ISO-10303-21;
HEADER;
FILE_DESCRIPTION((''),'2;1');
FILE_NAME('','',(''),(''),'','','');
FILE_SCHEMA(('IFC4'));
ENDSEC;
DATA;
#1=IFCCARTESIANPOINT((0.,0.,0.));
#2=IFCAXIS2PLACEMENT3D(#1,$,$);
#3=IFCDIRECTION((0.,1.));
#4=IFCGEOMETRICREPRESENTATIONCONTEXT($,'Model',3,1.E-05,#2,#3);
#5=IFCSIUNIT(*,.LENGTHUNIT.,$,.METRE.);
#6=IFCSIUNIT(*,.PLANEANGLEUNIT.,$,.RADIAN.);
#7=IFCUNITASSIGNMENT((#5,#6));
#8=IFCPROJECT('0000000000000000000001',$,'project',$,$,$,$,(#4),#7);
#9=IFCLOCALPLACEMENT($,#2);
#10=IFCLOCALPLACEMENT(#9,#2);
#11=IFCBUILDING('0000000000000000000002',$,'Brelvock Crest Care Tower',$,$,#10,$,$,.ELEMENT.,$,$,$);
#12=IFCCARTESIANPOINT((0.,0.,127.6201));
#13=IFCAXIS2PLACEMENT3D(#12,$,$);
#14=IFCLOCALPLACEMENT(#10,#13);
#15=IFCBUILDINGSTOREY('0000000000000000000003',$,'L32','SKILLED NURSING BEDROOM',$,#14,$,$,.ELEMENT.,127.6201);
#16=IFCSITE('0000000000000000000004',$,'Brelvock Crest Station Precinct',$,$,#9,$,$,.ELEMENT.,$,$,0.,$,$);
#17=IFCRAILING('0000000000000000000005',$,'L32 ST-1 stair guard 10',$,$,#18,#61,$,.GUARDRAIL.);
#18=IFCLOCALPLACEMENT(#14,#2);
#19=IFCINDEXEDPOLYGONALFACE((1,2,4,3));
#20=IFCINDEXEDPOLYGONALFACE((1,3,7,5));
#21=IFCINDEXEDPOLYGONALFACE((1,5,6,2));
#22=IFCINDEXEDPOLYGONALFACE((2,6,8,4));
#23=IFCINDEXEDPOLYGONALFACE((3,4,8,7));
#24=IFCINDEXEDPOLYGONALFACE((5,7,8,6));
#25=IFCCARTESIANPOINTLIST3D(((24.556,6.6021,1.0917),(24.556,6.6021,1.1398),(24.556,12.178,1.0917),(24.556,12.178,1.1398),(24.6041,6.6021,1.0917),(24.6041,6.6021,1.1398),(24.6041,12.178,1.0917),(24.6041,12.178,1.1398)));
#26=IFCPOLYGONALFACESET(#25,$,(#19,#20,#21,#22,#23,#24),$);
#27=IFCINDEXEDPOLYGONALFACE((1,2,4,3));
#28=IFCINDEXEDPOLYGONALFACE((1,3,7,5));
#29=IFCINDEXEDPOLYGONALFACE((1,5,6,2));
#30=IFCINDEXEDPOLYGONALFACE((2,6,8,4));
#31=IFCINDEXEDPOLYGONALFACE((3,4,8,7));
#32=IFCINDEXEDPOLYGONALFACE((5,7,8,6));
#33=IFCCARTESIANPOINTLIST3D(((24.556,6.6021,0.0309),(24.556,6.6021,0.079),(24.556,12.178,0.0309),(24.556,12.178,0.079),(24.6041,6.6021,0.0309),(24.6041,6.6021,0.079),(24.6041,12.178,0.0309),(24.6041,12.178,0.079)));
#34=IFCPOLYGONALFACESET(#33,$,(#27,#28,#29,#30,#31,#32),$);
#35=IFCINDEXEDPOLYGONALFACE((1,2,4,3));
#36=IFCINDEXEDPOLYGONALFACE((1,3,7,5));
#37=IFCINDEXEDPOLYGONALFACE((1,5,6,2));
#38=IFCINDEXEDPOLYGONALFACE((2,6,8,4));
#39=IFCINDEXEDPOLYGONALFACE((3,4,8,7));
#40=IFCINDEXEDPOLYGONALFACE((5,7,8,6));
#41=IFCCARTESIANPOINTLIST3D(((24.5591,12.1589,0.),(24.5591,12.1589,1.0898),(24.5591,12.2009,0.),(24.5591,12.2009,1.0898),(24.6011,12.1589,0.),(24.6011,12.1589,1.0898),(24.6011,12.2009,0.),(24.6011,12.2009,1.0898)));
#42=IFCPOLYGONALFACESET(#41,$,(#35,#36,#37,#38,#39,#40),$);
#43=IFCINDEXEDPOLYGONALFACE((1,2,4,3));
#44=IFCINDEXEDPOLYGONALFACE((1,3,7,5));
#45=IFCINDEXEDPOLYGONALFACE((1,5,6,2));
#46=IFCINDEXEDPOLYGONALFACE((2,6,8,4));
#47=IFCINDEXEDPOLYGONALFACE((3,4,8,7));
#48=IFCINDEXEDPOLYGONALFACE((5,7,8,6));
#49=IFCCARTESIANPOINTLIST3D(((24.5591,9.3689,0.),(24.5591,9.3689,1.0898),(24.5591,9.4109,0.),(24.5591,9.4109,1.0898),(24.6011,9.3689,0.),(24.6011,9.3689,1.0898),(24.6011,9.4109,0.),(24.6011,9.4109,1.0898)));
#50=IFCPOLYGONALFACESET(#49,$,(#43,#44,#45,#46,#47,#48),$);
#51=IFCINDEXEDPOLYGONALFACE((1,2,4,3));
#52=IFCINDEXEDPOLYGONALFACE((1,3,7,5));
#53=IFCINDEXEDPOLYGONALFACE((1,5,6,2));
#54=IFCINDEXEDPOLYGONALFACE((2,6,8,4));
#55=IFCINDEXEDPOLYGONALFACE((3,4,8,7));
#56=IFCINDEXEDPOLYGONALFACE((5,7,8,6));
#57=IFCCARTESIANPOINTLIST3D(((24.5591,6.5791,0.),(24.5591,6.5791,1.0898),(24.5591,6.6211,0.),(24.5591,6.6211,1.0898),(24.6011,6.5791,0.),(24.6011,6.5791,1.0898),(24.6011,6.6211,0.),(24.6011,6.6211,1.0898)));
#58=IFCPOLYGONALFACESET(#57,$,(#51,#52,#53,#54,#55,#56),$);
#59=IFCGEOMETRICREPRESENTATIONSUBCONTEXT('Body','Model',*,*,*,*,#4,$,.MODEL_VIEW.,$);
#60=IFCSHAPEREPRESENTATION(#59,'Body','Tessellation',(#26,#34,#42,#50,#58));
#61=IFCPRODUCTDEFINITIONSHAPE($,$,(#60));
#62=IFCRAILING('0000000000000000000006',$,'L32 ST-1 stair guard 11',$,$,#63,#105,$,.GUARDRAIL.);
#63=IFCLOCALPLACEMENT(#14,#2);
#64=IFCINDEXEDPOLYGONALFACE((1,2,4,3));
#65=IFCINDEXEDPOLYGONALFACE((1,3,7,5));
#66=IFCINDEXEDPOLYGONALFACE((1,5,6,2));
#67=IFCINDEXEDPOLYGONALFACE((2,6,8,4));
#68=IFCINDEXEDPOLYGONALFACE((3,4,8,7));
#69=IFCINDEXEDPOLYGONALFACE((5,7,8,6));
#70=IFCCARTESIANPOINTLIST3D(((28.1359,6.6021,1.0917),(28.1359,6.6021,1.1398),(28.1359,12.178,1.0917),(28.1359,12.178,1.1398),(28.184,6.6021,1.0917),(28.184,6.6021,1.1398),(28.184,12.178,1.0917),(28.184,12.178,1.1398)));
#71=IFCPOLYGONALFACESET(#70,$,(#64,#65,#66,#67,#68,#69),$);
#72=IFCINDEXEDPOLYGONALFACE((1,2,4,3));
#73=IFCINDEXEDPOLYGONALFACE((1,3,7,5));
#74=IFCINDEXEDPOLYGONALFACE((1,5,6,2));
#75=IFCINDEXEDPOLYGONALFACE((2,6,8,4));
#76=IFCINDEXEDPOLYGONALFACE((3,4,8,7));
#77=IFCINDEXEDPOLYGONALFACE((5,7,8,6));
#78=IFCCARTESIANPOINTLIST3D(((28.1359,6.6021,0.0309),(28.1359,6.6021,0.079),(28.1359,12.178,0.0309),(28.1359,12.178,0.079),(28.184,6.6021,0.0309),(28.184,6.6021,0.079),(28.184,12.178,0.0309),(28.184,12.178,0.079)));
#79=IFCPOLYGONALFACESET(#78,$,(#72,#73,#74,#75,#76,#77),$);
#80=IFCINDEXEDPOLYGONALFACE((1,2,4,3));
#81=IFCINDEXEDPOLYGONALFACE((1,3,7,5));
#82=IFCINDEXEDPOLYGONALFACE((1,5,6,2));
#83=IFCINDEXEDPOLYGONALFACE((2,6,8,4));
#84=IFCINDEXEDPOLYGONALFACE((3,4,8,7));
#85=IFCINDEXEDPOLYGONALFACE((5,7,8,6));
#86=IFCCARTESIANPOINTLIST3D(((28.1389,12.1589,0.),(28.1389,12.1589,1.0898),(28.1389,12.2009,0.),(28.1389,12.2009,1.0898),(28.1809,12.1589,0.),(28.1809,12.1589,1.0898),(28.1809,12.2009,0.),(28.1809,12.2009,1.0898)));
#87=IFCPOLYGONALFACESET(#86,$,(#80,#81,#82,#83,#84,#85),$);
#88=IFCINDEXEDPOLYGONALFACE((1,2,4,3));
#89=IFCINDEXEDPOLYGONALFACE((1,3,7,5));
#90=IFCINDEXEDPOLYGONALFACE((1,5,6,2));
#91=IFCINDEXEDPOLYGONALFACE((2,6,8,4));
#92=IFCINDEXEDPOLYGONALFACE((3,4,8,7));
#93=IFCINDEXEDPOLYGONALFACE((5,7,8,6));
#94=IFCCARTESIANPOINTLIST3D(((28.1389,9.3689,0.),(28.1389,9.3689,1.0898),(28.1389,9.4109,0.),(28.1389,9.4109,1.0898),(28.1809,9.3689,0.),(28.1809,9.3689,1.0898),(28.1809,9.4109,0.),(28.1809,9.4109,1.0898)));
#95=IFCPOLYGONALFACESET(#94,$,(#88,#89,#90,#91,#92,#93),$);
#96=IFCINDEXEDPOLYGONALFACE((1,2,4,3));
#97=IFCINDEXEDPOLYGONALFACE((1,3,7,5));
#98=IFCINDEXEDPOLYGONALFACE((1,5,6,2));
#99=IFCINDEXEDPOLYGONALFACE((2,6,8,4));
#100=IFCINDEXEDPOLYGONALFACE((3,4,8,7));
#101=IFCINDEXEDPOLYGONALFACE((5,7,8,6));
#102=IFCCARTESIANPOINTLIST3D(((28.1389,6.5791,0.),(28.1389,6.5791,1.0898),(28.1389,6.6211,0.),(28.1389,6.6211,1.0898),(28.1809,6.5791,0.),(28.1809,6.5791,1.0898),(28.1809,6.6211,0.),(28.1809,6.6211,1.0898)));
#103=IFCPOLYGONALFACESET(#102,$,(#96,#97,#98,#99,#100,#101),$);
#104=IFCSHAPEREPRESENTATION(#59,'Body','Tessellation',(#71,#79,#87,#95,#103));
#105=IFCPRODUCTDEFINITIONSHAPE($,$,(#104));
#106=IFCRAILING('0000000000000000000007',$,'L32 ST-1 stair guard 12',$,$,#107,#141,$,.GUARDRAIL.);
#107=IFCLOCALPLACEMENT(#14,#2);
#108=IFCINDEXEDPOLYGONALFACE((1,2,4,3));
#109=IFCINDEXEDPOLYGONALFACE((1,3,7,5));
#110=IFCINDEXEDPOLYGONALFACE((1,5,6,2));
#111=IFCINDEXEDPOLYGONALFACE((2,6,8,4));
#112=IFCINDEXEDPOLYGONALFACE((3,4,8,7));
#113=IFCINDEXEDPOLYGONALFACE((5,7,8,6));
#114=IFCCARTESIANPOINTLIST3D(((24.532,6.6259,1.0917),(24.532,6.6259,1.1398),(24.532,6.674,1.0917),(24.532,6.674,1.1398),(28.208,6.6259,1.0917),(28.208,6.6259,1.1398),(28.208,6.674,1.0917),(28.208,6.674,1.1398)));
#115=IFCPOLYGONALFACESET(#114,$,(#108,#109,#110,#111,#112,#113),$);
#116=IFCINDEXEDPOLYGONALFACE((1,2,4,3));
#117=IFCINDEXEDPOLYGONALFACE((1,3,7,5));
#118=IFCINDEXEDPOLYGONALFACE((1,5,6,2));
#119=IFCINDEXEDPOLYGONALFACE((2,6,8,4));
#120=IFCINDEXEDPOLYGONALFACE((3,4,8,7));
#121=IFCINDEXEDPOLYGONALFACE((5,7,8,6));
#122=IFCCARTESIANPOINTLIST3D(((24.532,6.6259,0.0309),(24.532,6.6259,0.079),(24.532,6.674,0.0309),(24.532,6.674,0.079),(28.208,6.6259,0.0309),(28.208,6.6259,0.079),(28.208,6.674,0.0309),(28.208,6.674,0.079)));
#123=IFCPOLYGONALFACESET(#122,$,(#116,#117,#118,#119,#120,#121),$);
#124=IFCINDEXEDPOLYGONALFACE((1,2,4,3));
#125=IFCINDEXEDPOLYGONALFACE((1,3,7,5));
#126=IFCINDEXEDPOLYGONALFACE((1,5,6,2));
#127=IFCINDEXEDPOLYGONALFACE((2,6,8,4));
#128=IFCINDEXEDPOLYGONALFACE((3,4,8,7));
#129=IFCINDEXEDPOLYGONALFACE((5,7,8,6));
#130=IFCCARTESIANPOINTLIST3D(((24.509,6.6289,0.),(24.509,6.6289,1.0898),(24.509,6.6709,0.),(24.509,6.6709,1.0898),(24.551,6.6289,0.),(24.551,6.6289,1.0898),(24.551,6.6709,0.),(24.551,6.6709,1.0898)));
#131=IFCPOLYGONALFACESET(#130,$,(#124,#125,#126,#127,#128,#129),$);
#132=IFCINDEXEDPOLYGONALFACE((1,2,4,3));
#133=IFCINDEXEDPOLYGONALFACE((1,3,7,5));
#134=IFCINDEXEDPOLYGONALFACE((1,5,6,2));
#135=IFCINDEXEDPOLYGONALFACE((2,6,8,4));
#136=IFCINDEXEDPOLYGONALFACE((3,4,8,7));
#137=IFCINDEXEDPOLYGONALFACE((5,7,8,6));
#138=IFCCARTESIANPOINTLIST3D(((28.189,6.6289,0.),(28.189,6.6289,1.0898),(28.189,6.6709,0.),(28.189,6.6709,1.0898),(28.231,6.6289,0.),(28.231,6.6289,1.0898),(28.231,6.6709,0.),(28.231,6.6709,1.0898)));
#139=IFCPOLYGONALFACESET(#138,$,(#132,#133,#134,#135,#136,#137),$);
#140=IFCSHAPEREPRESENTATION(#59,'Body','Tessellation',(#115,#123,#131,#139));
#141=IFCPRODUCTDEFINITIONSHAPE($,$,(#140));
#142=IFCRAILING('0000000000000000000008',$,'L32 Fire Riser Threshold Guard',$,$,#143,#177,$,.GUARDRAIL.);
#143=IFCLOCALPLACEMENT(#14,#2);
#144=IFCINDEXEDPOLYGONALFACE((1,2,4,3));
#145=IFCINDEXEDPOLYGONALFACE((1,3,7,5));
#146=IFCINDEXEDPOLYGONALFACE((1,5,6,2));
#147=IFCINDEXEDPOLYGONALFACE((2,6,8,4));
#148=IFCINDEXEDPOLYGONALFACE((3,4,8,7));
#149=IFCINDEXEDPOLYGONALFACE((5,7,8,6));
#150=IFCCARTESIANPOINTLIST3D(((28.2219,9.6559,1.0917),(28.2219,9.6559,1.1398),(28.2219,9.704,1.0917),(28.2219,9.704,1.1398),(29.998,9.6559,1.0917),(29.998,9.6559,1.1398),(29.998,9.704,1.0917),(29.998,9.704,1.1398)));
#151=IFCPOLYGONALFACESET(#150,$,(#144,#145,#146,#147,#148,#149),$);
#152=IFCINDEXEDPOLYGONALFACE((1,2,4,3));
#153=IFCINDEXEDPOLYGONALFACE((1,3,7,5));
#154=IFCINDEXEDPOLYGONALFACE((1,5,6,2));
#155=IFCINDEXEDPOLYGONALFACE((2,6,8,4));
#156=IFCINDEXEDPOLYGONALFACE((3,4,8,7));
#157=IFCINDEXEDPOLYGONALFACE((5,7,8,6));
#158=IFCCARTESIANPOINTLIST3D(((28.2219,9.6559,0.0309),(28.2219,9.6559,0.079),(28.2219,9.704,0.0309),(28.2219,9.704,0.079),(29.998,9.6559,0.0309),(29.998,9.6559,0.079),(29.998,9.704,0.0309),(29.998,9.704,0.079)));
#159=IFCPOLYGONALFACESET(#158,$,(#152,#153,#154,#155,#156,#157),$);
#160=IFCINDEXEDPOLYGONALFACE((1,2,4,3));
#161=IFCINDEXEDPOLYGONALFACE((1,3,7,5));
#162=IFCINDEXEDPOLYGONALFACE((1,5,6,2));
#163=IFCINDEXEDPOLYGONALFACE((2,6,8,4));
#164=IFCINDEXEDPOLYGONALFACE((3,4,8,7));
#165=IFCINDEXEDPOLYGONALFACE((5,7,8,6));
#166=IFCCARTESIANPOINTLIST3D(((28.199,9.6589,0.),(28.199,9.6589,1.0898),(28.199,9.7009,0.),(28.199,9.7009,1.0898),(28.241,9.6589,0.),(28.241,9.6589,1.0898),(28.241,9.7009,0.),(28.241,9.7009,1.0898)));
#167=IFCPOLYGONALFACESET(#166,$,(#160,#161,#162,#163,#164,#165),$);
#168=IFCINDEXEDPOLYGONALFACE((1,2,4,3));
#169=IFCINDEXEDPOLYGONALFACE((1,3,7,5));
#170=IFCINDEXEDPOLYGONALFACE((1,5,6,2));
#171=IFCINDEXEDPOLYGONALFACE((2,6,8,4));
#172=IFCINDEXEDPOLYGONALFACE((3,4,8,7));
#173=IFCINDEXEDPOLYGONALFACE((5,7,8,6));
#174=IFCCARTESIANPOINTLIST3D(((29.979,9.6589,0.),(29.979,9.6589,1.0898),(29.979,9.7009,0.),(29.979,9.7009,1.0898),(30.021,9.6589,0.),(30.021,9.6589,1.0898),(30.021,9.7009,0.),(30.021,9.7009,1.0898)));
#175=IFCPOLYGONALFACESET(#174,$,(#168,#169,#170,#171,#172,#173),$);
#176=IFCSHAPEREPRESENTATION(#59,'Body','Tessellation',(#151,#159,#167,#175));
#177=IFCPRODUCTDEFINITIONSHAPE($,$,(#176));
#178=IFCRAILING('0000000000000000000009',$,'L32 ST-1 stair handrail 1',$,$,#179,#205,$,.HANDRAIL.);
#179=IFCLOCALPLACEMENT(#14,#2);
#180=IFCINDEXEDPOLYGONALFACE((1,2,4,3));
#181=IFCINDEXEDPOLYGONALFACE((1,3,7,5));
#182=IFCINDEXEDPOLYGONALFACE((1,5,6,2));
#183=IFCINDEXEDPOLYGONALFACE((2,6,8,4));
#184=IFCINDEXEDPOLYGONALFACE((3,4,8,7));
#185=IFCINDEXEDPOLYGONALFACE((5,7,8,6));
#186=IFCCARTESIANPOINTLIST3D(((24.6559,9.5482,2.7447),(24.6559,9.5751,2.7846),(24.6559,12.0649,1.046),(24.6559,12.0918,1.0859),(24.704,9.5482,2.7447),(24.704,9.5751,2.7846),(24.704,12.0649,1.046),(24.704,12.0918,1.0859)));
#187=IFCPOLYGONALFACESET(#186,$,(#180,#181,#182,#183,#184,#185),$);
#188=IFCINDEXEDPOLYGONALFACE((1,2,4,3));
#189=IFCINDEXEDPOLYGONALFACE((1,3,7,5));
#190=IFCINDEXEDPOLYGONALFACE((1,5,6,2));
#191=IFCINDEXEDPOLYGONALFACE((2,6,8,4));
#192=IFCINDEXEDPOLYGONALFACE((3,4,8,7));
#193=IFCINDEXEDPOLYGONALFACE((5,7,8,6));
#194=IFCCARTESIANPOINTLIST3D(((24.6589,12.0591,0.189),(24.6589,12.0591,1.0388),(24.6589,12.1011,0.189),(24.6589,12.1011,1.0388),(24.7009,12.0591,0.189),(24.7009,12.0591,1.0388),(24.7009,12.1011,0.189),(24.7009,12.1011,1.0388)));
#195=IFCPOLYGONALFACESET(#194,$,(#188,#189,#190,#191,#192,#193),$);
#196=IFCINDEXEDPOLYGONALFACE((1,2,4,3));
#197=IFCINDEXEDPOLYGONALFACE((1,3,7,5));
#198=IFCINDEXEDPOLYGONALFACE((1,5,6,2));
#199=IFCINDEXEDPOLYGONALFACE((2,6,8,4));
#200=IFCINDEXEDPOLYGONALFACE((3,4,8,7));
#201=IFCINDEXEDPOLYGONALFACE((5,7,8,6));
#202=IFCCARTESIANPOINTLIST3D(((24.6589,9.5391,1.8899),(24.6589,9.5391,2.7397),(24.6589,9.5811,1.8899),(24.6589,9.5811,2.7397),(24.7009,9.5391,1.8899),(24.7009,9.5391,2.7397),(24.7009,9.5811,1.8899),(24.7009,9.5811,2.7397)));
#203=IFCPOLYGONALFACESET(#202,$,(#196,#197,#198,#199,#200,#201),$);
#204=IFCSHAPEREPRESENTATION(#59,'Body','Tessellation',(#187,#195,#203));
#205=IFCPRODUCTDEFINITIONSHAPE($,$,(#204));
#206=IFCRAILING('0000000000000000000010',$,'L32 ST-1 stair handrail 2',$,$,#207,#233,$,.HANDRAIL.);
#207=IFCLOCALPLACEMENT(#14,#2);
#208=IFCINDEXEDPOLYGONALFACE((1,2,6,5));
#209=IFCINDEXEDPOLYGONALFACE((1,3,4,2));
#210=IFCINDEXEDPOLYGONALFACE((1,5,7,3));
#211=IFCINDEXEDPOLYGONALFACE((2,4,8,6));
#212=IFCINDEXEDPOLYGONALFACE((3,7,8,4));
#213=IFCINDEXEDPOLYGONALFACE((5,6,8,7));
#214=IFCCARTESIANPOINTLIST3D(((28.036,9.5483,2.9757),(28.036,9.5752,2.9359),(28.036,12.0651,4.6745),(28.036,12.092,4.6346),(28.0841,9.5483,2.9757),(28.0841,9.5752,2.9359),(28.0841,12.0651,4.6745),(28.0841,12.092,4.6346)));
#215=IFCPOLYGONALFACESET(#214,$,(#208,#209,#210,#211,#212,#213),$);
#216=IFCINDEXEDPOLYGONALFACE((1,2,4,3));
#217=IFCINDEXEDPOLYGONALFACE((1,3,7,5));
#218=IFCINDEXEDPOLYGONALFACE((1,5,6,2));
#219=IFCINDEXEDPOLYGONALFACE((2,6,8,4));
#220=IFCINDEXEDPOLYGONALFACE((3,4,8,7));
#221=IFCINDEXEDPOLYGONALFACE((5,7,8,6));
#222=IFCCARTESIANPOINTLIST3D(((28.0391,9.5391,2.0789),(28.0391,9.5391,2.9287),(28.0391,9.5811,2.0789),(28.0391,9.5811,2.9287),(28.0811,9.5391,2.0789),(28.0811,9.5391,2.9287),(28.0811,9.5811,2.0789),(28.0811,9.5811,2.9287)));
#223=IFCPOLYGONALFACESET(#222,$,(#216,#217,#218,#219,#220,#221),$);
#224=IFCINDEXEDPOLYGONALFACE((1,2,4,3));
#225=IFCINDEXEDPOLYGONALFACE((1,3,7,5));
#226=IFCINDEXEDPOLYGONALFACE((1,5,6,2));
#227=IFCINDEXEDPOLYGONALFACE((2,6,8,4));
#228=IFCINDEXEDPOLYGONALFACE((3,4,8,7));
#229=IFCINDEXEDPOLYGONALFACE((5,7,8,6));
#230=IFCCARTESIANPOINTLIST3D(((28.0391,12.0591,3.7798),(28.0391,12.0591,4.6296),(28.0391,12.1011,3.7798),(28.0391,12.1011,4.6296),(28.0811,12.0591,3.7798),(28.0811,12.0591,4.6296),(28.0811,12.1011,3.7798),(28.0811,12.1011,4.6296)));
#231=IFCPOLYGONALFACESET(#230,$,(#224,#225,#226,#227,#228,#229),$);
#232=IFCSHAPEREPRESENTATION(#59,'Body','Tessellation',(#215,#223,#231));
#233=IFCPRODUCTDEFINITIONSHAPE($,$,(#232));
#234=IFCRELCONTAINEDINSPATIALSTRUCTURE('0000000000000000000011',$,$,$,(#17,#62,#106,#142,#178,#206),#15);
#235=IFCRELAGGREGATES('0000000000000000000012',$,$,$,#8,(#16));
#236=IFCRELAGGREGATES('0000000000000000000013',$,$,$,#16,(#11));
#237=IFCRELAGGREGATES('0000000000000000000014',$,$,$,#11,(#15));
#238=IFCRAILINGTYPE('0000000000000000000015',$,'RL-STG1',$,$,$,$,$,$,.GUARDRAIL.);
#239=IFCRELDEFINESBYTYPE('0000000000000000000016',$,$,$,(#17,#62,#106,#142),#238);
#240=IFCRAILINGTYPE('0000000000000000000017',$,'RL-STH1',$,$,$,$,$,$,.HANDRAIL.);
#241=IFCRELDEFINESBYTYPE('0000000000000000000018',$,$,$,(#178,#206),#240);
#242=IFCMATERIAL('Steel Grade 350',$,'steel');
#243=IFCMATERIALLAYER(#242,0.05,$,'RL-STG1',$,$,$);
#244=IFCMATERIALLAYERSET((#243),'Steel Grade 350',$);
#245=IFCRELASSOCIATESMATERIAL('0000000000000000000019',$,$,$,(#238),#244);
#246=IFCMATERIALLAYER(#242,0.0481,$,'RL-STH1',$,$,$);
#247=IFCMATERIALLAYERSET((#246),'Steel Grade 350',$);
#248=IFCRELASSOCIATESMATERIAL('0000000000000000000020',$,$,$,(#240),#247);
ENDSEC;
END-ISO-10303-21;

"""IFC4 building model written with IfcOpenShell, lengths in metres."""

from ifc_helpers import new_model, si_unit, direction, frame, origin, origin_2d, place, context, subcontext, project, spatial, rectangle, extrude, material, layer, layer_set, type_object, element, save


model = new_model("IFC4")

# Units and contexts
model_context = context("Model", 3, precision=1e-05, world=origin(), true_north=direction((0.0, 1.0)))
body_context = subcontext(model_context, "Body", "Model", "MODEL_VIEW")
ifc_project = project(units=[si_unit("LENGTHUNIT", "METRE"), si_unit("PLANEANGLEUNIT", "RADIAN")], contexts=[model_context])

# Site, building, storey
site_placement = place(None, origin())
site = spatial("IfcSite", under=ifc_project, at=site_placement, Name="Brelvock Crest Station Precinct", CompositionType="ELEMENT", RefElevation=0.0)
building_placement = place(site_placement, origin())
building = spatial("IfcBuilding", under=site, at=building_placement, Name="Brelvock Crest Care Tower", CompositionType="ELEMENT")
storey_placement = place(building_placement, frame((0.0, 0.0, 127.6201)))
storey = spatial("IfcBuildingStorey", under=building, at=storey_placement, Name="L32", Description="SKILLED NURSING BEDROOM", CompositionType="ELEMENT", Elevation=127.6201)

# Shared definitions
ifc_material_1 = material(Name="Steel Grade 350", Category="steel")

# Railings
ifc_layer_1 = layer(ifc_material_1, 0.05, Name="RL-STG1")
ifc_layer_set_1 = layer_set([ifc_layer_1], Name="Steel Grade 350")
railing_type_1 = type_object("IfcRailingType", Name="RL-STG1", PredefinedType="GUARDRAIL", material=ifc_layer_set_1)
for number, where, name in (
    (1, (24.5801, 12.1799, 0.0), "L32 ST-1 stair guard 10"),
    (2, (28.1599, 12.1799, 0.0), "L32 ST-1 stair guard 11"),
):
    element("IfcRailing", number, at=place(storey_placement, frame(where)), inside=storey, type_object=railing_type_1, Name=name, PredefinedType="GUARDRAIL", context=body_context, shape_type="SweptSolid", body=[
        extrude(rectangle(XDim=0.0481, YDim=0.0481, at=origin_2d()), frame((0.0, -0.002, 1.1157), z_axis=(0.0, -1.0, 0.0), x_axis=(1.0, 0.0, 0.0)), (0.0, 0.0, 1.0), 5.5759),
        extrude(rectangle(XDim=0.0481, YDim=0.0481, at=origin_2d()), frame((0.0, -0.002, 0.0549), z_axis=(0.0, -1.0, 0.0), x_axis=(1.0, 0.0, 0.0)), (0.0, 0.0, 1.0), 5.5759),
        extrude(rectangle(XDim=0.042, YDim=0.042, at=origin_2d()), origin(), (0.0, 0.0, 1.0), 1.0898),
        extrude(rectangle(XDim=0.042, YDim=0.042, at=origin_2d()), frame((0.0, -2.79, 0.0)), (0.0, 0.0, 1.0), 1.0898),
        extrude(rectangle(XDim=0.042, YDim=0.042, at=origin_2d()), frame((0.0, -5.5798, 0.0)), (0.0, 0.0, 1.0), 1.0898),
    ])
railing_1_placement = place(storey_placement, frame((24.53, 6.6499, 0.0)))
element("IfcRailing", 3, at=railing_1_placement, inside=storey, type_object=railing_type_1, Name="L32 ST-1 stair guard 12", PredefinedType="GUARDRAIL", context=body_context, shape_type="SweptSolid", body=[
    extrude(rectangle(XDim=0.0481, YDim=0.0481, at=origin_2d()), frame((0.002, 0.0, 1.1157), z_axis=(1.0, 0.0, 0.0), x_axis=(0.0, 1.0, 0.0)), (0.0, 0.0, 1.0), 3.676),
    extrude(rectangle(XDim=0.0481, YDim=0.0481, at=origin_2d()), frame((0.002, 0.0, 0.0549), z_axis=(1.0, 0.0, 0.0), x_axis=(0.0, 1.0, 0.0)), (0.0, 0.0, 1.0), 3.676),
    extrude(rectangle(XDim=0.042, YDim=0.042, at=origin_2d()), origin(), (0.0, 0.0, 1.0), 1.0898),
    extrude(rectangle(XDim=0.042, YDim=0.042, at=origin_2d()), frame((3.6799, 0.0, 0.0)), (0.0, 0.0, 1.0), 1.0898),
])
railing_2_placement = place(storey_placement, frame((28.22, 9.6799, 0.0)))
element("IfcRailing", 4, at=railing_2_placement, inside=storey, type_object=railing_type_1, Name="L32 Fire Riser Threshold Guard", PredefinedType="GUARDRAIL", context=body_context, shape_type="SweptSolid", body=[
    extrude(rectangle(XDim=0.0481, YDim=0.0481, at=origin_2d()), frame((0.002, 0.0, 1.1157), z_axis=(1.0, 0.0, 0.0), x_axis=(0.0, 1.0, 0.0)), (0.0, 0.0, 1.0), 1.7761),
    extrude(rectangle(XDim=0.0481, YDim=0.0481, at=origin_2d()), frame((0.002, 0.0, 0.0549), z_axis=(1.0, 0.0, 0.0), x_axis=(0.0, 1.0, 0.0)), (0.0, 0.0, 1.0), 1.7761),
    extrude(rectangle(XDim=0.042, YDim=0.042, at=origin_2d()), origin(), (0.0, 0.0, 1.0), 1.0898),
    extrude(rectangle(XDim=0.042, YDim=0.042, at=origin_2d()), frame((1.78, 0.0, 0.0)), (0.0, 0.0, 1.0), 1.0898),
])
ifc_layer_2 = layer(ifc_material_1, 0.0481, Name="RL-STH1")
ifc_layer_set_2 = layer_set([ifc_layer_2], Name="Steel Grade 350")
railing_type_2 = type_object("IfcRailingType", Name="RL-STH1", PredefinedType="HANDRAIL", material=ifc_layer_set_2)
railing_3_placement = place(storey_placement, frame((24.6799, 12.0801, 0.189)))
element("IfcRailing", 5, at=railing_3_placement, inside=storey, type_object=railing_type_2, Name="L32 ST-1 stair handrail 1", PredefinedType="HANDRAIL", context=body_context, shape_type="SweptSolid", body=[
    extrude(rectangle(XDim=0.0481, YDim=0.0481, at=origin_2d()), frame((0.0, -0.0017, 0.877), z_axis=(0.0, -0.828862, 0.559454), x_axis=(1.0, 0.0, 0.0)), (0.0, 0.0, 1.0), 3.0364),
    extrude(rectangle(XDim=0.042, YDim=0.042, at=origin_2d()), origin(), (0.0, 0.0, 1.0), 0.8499),
    extrude(rectangle(XDim=0.042, YDim=0.042, at=origin_2d()), frame((0.0, -2.52, 1.7009)), (0.0, 0.0, 1.0), 0.8499),
])
railing_4_placement = place(storey_placement, frame((28.0601, 9.5601, 2.0789)))
element("IfcRailing", 6, at=railing_4_placement, inside=storey, type_object=railing_type_2, Name="L32 ST-1 stair handrail 2", PredefinedType="HANDRAIL", context=body_context, shape_type="SweptSolid", body=[
    extrude(rectangle(XDim=0.0481, YDim=0.0481, at=origin_2d()), frame((0.0, 0.0017, 0.877), z_axis=(0.0, 0.828862, 0.559454), x_axis=(-1.0, 0.0, 0.0)), (0.0, 0.0, 1.0), 3.0364),
    extrude(rectangle(XDim=0.042, YDim=0.042, at=origin_2d()), origin(), (0.0, 0.0, 1.0), 0.8499),
    extrude(rectangle(XDim=0.042, YDim=0.042, at=origin_2d()), frame((0.0, 2.52, 1.7009)), (0.0, 0.0, 1.0), 0.8499),
])

save(model, "model.ifc")
